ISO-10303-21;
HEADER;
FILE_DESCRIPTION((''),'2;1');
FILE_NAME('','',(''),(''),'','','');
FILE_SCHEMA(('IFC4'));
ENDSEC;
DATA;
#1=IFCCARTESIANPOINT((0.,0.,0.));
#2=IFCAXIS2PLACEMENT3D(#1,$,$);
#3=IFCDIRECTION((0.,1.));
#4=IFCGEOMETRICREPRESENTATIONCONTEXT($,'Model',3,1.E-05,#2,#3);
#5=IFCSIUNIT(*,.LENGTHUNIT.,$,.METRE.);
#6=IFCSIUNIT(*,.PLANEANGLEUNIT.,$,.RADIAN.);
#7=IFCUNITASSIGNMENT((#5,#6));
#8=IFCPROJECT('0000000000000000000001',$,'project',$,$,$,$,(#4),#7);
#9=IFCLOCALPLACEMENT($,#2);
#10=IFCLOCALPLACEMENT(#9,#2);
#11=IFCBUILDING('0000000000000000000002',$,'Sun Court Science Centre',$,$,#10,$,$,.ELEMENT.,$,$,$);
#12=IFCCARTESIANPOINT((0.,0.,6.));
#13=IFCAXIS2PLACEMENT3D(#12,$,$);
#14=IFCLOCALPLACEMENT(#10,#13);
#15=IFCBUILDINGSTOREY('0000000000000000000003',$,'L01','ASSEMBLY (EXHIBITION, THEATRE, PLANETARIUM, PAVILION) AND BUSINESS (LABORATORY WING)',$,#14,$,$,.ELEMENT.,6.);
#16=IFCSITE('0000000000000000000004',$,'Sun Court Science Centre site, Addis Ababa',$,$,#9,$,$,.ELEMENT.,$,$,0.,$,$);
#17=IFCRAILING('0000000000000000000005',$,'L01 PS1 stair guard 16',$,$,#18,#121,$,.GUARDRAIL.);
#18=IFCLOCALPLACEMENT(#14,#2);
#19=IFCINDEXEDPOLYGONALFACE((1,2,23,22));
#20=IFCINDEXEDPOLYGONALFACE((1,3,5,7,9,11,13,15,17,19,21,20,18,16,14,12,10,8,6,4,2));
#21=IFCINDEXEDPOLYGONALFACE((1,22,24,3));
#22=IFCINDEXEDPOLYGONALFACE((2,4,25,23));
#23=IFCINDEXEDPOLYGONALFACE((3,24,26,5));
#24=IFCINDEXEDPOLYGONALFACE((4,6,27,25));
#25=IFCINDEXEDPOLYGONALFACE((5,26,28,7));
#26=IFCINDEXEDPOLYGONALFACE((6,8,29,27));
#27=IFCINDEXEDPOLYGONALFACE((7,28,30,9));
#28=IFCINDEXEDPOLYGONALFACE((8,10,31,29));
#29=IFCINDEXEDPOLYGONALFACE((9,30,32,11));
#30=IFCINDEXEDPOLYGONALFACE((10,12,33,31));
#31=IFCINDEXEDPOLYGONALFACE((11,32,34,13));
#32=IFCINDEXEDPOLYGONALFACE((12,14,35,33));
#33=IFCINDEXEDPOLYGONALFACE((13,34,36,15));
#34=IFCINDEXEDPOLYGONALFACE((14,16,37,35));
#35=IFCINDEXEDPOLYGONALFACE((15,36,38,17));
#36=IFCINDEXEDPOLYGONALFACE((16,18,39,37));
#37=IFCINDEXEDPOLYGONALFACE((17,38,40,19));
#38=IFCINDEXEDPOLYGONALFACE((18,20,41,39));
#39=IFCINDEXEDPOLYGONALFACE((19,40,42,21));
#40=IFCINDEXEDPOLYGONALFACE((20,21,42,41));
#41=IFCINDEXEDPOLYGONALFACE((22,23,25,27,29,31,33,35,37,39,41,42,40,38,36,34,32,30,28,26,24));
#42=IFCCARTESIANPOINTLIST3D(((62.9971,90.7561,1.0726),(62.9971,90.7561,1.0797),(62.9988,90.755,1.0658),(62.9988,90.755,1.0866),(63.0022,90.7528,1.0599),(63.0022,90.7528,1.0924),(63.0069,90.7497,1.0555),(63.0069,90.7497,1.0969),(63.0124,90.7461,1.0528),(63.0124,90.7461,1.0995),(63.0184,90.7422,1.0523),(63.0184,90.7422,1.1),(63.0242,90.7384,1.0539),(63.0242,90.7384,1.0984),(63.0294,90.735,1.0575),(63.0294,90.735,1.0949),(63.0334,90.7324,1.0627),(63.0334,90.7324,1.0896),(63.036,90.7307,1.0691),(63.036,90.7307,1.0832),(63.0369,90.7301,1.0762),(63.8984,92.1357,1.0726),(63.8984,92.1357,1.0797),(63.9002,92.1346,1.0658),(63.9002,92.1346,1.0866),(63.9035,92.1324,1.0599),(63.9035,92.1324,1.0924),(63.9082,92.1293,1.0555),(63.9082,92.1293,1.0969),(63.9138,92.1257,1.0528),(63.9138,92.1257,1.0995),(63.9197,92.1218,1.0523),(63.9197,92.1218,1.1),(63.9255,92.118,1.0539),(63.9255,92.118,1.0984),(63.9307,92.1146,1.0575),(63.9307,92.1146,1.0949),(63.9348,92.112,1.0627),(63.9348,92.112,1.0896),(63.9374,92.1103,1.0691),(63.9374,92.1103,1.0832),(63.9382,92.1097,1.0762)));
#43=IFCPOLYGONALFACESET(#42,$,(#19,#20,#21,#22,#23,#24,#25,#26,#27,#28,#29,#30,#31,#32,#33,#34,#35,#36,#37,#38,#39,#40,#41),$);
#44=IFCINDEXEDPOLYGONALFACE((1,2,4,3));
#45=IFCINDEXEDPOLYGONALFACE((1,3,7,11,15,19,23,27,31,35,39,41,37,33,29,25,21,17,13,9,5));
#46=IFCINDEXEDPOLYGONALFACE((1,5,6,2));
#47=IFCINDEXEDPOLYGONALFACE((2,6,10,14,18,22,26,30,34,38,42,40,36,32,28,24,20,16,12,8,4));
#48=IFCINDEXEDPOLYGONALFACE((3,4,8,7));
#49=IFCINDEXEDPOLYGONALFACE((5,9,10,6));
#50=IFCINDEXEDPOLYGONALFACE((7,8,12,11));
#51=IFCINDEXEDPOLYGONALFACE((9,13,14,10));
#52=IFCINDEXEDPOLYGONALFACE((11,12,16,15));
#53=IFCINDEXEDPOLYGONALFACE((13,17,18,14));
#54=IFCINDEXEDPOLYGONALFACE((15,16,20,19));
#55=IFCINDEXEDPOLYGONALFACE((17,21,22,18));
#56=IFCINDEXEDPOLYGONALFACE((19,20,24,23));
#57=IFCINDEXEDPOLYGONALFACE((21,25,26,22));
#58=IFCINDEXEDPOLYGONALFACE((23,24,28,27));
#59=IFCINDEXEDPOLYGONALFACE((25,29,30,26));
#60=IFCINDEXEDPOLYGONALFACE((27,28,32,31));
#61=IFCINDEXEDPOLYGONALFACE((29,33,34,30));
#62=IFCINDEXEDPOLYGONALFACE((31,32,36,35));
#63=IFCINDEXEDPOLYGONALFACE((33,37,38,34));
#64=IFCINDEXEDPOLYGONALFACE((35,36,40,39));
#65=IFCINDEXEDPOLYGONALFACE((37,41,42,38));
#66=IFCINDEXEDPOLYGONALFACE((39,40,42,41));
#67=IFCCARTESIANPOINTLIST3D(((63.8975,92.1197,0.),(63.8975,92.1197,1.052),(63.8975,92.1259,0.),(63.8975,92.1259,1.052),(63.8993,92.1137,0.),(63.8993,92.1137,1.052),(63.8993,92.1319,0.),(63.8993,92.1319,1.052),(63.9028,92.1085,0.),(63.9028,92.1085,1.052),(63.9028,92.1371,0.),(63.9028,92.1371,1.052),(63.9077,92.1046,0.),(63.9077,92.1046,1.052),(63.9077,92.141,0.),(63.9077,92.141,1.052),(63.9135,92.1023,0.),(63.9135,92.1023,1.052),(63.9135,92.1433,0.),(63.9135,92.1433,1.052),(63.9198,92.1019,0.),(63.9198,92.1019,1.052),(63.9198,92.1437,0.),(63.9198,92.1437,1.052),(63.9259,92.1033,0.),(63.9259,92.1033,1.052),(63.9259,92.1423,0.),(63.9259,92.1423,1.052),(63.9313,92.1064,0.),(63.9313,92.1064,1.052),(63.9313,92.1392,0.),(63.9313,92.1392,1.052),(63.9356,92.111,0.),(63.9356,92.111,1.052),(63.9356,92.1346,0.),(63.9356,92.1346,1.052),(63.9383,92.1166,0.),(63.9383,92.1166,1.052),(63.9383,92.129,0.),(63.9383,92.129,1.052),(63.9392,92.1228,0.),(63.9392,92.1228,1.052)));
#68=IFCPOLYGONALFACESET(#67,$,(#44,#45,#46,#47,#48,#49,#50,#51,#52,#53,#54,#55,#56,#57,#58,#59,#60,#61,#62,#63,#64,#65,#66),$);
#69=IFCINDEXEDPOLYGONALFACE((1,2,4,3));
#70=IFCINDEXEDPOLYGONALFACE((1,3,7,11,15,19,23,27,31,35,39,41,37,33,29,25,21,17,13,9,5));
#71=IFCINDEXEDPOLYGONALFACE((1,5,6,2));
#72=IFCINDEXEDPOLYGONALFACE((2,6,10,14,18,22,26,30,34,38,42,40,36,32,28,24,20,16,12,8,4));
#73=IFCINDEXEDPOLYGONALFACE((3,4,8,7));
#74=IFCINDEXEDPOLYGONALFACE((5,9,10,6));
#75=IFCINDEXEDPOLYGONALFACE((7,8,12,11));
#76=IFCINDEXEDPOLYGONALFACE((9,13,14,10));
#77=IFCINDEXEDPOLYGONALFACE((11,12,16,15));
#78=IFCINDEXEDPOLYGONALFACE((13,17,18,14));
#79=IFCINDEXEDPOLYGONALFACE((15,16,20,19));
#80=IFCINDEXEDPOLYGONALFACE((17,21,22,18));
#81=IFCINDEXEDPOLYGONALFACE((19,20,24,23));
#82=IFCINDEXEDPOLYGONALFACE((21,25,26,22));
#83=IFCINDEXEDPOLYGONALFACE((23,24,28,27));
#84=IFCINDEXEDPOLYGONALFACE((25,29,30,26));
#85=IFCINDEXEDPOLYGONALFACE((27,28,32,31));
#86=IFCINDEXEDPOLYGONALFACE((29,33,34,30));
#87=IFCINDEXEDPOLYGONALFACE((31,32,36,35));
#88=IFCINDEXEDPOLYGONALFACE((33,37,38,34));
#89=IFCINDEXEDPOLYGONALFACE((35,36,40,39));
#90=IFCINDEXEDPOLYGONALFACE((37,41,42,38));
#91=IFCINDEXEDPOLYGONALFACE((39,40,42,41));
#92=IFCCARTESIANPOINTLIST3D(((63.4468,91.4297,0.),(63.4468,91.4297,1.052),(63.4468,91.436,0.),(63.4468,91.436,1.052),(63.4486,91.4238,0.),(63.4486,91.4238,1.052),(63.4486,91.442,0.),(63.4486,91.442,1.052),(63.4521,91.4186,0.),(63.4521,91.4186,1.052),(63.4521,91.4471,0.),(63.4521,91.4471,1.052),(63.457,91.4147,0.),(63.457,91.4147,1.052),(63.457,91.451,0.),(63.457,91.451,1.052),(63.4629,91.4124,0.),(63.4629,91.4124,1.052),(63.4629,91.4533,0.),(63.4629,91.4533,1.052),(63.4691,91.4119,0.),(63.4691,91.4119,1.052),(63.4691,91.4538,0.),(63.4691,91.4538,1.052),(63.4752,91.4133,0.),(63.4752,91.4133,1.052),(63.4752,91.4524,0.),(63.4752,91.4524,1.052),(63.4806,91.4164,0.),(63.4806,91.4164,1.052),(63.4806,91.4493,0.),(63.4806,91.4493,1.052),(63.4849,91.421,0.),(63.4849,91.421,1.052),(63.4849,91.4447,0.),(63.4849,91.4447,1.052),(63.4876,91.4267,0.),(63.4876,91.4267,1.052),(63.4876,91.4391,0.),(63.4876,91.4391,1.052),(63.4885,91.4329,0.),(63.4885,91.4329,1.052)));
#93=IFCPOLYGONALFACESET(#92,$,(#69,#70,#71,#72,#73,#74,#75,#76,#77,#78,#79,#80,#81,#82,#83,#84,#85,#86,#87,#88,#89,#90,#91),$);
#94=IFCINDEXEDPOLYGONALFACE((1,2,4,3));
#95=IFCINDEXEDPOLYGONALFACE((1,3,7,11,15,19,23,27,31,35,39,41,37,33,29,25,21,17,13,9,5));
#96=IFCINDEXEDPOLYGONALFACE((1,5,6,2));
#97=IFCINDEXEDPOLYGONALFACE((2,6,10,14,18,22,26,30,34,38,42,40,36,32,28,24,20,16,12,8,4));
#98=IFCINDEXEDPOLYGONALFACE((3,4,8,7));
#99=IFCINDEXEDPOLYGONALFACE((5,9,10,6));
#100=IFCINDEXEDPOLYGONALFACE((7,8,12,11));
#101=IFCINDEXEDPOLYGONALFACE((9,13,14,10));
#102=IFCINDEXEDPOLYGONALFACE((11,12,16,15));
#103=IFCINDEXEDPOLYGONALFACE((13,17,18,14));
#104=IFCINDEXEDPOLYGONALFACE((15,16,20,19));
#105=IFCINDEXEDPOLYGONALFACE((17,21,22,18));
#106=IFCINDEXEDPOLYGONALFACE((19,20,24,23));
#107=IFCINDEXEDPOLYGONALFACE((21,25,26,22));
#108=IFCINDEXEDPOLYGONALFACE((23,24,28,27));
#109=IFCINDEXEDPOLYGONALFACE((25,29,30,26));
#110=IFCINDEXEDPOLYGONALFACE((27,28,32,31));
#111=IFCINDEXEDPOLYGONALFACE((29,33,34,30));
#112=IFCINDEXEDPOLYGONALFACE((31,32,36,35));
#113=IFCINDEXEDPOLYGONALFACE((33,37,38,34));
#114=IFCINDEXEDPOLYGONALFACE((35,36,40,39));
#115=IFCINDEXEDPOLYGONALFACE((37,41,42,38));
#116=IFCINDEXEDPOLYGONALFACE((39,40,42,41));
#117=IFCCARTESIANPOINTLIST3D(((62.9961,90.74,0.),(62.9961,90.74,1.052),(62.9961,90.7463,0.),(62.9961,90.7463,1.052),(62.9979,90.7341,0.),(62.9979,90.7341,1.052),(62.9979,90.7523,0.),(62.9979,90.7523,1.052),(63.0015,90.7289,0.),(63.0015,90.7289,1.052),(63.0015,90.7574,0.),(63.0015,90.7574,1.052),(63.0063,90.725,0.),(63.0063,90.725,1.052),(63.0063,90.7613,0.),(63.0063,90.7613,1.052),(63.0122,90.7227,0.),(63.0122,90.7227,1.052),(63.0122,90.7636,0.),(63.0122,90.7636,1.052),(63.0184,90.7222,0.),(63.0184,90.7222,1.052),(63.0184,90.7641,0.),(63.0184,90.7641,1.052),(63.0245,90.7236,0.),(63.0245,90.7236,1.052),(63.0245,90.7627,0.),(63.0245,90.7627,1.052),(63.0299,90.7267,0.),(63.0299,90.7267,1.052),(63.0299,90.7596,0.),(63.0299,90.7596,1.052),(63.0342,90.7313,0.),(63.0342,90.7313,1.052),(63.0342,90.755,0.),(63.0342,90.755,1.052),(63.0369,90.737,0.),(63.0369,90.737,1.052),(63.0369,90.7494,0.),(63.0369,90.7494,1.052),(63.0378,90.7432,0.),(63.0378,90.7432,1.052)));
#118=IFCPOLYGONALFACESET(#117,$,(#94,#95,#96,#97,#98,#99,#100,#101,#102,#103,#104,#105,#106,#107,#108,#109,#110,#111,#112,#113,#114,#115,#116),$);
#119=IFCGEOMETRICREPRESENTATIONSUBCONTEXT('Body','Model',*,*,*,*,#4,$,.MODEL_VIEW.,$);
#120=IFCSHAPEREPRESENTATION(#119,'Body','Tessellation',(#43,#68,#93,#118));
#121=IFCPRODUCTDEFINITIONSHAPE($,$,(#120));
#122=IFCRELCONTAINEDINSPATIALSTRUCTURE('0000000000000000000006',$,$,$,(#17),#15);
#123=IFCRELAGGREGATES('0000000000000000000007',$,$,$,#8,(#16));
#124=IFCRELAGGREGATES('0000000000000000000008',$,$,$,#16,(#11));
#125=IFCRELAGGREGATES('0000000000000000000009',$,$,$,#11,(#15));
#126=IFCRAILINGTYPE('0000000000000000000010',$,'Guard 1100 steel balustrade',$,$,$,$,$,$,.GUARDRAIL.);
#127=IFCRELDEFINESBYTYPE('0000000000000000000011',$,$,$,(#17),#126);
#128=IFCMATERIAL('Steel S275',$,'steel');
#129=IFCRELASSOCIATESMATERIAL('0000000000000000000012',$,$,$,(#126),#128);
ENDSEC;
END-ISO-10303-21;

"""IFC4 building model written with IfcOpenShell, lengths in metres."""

from ifc_helpers import new_model, si_unit, direction, frame, origin, origin_2d, place, context, subcontext, project, spatial, circle, extrude, material, type_object, element, save


model = new_model("IFC4")

# Units and contexts
model_context = context("Model", 3, precision=1e-05, world=origin(), true_north=direction((0.0, 1.0)))
body_context = subcontext(model_context, "Body", "Model", "MODEL_VIEW")
ifc_project = project(units=[si_unit("LENGTHUNIT", "METRE"), si_unit("PLANEANGLEUNIT", "RADIAN")], contexts=[model_context])

# Site, building, storey
site_placement = place(None, origin())
site = spatial("IfcSite", under=ifc_project, at=site_placement, Name="Sun Court Science Centre site, Addis Ababa", CompositionType="ELEMENT", RefElevation=0.0)
building_placement = place(site_placement, origin())
building = spatial("IfcBuilding", under=site, at=building_placement, Name="Sun Court Science Centre", CompositionType="ELEMENT")
storey_placement = place(building_placement, frame((0.0, 0.0, 6.0)))
storey = spatial("IfcBuildingStorey", under=building, at=storey_placement, Name="L01", Description="ASSEMBLY (EXHIBITION, THEATRE, PLANETARIUM, PAVILION) AND BUSINESS (LABORATORY WING)", CompositionType="ELEMENT", Elevation=6.0)

# Railing
ifc_material_1 = material(Name="Steel S275", Category="steel")
railing_type_1 = type_object("IfcRailingType", Name="Guard 1100 steel balustrade", PredefinedType="GUARDRAIL", material=ifc_material_1)
railing_1_placement = place(storey_placement, frame((63.9182, 92.1228, 0.0)))
element("IfcRailing", 1, at=railing_1_placement, inside=storey, type_object=railing_type_1, Name="L01 PS1 stair guard 16", PredefinedType="GUARDRAIL", context=body_context, shape_type="SweptSolid", body=[
    extrude(circle(Radius=0.0239, at=origin_2d()), frame((0.0, 0.0, 1.0762), z_axis=(-0.54695, -0.837165, 0.0), x_axis=(0.837165, -0.54695, 0.0)), (0.0, 0.0, 1.0), 1.6479),
    extrude(circle(Radius=0.021, at=origin_2d()), origin(), (0.0, 0.0, 1.0), 1.052),
    extrude(circle(Radius=0.021, at=origin_2d()), frame((-0.4507, -0.6899, 0.0)), (0.0, 0.0, 1.0), 1.052),
    extrude(circle(Radius=0.021, at=origin_2d()), frame((-0.9014, -1.3796, 0.0)), (0.0, 0.0, 1.0), 1.052),
])

save(model, "model.ifc")
